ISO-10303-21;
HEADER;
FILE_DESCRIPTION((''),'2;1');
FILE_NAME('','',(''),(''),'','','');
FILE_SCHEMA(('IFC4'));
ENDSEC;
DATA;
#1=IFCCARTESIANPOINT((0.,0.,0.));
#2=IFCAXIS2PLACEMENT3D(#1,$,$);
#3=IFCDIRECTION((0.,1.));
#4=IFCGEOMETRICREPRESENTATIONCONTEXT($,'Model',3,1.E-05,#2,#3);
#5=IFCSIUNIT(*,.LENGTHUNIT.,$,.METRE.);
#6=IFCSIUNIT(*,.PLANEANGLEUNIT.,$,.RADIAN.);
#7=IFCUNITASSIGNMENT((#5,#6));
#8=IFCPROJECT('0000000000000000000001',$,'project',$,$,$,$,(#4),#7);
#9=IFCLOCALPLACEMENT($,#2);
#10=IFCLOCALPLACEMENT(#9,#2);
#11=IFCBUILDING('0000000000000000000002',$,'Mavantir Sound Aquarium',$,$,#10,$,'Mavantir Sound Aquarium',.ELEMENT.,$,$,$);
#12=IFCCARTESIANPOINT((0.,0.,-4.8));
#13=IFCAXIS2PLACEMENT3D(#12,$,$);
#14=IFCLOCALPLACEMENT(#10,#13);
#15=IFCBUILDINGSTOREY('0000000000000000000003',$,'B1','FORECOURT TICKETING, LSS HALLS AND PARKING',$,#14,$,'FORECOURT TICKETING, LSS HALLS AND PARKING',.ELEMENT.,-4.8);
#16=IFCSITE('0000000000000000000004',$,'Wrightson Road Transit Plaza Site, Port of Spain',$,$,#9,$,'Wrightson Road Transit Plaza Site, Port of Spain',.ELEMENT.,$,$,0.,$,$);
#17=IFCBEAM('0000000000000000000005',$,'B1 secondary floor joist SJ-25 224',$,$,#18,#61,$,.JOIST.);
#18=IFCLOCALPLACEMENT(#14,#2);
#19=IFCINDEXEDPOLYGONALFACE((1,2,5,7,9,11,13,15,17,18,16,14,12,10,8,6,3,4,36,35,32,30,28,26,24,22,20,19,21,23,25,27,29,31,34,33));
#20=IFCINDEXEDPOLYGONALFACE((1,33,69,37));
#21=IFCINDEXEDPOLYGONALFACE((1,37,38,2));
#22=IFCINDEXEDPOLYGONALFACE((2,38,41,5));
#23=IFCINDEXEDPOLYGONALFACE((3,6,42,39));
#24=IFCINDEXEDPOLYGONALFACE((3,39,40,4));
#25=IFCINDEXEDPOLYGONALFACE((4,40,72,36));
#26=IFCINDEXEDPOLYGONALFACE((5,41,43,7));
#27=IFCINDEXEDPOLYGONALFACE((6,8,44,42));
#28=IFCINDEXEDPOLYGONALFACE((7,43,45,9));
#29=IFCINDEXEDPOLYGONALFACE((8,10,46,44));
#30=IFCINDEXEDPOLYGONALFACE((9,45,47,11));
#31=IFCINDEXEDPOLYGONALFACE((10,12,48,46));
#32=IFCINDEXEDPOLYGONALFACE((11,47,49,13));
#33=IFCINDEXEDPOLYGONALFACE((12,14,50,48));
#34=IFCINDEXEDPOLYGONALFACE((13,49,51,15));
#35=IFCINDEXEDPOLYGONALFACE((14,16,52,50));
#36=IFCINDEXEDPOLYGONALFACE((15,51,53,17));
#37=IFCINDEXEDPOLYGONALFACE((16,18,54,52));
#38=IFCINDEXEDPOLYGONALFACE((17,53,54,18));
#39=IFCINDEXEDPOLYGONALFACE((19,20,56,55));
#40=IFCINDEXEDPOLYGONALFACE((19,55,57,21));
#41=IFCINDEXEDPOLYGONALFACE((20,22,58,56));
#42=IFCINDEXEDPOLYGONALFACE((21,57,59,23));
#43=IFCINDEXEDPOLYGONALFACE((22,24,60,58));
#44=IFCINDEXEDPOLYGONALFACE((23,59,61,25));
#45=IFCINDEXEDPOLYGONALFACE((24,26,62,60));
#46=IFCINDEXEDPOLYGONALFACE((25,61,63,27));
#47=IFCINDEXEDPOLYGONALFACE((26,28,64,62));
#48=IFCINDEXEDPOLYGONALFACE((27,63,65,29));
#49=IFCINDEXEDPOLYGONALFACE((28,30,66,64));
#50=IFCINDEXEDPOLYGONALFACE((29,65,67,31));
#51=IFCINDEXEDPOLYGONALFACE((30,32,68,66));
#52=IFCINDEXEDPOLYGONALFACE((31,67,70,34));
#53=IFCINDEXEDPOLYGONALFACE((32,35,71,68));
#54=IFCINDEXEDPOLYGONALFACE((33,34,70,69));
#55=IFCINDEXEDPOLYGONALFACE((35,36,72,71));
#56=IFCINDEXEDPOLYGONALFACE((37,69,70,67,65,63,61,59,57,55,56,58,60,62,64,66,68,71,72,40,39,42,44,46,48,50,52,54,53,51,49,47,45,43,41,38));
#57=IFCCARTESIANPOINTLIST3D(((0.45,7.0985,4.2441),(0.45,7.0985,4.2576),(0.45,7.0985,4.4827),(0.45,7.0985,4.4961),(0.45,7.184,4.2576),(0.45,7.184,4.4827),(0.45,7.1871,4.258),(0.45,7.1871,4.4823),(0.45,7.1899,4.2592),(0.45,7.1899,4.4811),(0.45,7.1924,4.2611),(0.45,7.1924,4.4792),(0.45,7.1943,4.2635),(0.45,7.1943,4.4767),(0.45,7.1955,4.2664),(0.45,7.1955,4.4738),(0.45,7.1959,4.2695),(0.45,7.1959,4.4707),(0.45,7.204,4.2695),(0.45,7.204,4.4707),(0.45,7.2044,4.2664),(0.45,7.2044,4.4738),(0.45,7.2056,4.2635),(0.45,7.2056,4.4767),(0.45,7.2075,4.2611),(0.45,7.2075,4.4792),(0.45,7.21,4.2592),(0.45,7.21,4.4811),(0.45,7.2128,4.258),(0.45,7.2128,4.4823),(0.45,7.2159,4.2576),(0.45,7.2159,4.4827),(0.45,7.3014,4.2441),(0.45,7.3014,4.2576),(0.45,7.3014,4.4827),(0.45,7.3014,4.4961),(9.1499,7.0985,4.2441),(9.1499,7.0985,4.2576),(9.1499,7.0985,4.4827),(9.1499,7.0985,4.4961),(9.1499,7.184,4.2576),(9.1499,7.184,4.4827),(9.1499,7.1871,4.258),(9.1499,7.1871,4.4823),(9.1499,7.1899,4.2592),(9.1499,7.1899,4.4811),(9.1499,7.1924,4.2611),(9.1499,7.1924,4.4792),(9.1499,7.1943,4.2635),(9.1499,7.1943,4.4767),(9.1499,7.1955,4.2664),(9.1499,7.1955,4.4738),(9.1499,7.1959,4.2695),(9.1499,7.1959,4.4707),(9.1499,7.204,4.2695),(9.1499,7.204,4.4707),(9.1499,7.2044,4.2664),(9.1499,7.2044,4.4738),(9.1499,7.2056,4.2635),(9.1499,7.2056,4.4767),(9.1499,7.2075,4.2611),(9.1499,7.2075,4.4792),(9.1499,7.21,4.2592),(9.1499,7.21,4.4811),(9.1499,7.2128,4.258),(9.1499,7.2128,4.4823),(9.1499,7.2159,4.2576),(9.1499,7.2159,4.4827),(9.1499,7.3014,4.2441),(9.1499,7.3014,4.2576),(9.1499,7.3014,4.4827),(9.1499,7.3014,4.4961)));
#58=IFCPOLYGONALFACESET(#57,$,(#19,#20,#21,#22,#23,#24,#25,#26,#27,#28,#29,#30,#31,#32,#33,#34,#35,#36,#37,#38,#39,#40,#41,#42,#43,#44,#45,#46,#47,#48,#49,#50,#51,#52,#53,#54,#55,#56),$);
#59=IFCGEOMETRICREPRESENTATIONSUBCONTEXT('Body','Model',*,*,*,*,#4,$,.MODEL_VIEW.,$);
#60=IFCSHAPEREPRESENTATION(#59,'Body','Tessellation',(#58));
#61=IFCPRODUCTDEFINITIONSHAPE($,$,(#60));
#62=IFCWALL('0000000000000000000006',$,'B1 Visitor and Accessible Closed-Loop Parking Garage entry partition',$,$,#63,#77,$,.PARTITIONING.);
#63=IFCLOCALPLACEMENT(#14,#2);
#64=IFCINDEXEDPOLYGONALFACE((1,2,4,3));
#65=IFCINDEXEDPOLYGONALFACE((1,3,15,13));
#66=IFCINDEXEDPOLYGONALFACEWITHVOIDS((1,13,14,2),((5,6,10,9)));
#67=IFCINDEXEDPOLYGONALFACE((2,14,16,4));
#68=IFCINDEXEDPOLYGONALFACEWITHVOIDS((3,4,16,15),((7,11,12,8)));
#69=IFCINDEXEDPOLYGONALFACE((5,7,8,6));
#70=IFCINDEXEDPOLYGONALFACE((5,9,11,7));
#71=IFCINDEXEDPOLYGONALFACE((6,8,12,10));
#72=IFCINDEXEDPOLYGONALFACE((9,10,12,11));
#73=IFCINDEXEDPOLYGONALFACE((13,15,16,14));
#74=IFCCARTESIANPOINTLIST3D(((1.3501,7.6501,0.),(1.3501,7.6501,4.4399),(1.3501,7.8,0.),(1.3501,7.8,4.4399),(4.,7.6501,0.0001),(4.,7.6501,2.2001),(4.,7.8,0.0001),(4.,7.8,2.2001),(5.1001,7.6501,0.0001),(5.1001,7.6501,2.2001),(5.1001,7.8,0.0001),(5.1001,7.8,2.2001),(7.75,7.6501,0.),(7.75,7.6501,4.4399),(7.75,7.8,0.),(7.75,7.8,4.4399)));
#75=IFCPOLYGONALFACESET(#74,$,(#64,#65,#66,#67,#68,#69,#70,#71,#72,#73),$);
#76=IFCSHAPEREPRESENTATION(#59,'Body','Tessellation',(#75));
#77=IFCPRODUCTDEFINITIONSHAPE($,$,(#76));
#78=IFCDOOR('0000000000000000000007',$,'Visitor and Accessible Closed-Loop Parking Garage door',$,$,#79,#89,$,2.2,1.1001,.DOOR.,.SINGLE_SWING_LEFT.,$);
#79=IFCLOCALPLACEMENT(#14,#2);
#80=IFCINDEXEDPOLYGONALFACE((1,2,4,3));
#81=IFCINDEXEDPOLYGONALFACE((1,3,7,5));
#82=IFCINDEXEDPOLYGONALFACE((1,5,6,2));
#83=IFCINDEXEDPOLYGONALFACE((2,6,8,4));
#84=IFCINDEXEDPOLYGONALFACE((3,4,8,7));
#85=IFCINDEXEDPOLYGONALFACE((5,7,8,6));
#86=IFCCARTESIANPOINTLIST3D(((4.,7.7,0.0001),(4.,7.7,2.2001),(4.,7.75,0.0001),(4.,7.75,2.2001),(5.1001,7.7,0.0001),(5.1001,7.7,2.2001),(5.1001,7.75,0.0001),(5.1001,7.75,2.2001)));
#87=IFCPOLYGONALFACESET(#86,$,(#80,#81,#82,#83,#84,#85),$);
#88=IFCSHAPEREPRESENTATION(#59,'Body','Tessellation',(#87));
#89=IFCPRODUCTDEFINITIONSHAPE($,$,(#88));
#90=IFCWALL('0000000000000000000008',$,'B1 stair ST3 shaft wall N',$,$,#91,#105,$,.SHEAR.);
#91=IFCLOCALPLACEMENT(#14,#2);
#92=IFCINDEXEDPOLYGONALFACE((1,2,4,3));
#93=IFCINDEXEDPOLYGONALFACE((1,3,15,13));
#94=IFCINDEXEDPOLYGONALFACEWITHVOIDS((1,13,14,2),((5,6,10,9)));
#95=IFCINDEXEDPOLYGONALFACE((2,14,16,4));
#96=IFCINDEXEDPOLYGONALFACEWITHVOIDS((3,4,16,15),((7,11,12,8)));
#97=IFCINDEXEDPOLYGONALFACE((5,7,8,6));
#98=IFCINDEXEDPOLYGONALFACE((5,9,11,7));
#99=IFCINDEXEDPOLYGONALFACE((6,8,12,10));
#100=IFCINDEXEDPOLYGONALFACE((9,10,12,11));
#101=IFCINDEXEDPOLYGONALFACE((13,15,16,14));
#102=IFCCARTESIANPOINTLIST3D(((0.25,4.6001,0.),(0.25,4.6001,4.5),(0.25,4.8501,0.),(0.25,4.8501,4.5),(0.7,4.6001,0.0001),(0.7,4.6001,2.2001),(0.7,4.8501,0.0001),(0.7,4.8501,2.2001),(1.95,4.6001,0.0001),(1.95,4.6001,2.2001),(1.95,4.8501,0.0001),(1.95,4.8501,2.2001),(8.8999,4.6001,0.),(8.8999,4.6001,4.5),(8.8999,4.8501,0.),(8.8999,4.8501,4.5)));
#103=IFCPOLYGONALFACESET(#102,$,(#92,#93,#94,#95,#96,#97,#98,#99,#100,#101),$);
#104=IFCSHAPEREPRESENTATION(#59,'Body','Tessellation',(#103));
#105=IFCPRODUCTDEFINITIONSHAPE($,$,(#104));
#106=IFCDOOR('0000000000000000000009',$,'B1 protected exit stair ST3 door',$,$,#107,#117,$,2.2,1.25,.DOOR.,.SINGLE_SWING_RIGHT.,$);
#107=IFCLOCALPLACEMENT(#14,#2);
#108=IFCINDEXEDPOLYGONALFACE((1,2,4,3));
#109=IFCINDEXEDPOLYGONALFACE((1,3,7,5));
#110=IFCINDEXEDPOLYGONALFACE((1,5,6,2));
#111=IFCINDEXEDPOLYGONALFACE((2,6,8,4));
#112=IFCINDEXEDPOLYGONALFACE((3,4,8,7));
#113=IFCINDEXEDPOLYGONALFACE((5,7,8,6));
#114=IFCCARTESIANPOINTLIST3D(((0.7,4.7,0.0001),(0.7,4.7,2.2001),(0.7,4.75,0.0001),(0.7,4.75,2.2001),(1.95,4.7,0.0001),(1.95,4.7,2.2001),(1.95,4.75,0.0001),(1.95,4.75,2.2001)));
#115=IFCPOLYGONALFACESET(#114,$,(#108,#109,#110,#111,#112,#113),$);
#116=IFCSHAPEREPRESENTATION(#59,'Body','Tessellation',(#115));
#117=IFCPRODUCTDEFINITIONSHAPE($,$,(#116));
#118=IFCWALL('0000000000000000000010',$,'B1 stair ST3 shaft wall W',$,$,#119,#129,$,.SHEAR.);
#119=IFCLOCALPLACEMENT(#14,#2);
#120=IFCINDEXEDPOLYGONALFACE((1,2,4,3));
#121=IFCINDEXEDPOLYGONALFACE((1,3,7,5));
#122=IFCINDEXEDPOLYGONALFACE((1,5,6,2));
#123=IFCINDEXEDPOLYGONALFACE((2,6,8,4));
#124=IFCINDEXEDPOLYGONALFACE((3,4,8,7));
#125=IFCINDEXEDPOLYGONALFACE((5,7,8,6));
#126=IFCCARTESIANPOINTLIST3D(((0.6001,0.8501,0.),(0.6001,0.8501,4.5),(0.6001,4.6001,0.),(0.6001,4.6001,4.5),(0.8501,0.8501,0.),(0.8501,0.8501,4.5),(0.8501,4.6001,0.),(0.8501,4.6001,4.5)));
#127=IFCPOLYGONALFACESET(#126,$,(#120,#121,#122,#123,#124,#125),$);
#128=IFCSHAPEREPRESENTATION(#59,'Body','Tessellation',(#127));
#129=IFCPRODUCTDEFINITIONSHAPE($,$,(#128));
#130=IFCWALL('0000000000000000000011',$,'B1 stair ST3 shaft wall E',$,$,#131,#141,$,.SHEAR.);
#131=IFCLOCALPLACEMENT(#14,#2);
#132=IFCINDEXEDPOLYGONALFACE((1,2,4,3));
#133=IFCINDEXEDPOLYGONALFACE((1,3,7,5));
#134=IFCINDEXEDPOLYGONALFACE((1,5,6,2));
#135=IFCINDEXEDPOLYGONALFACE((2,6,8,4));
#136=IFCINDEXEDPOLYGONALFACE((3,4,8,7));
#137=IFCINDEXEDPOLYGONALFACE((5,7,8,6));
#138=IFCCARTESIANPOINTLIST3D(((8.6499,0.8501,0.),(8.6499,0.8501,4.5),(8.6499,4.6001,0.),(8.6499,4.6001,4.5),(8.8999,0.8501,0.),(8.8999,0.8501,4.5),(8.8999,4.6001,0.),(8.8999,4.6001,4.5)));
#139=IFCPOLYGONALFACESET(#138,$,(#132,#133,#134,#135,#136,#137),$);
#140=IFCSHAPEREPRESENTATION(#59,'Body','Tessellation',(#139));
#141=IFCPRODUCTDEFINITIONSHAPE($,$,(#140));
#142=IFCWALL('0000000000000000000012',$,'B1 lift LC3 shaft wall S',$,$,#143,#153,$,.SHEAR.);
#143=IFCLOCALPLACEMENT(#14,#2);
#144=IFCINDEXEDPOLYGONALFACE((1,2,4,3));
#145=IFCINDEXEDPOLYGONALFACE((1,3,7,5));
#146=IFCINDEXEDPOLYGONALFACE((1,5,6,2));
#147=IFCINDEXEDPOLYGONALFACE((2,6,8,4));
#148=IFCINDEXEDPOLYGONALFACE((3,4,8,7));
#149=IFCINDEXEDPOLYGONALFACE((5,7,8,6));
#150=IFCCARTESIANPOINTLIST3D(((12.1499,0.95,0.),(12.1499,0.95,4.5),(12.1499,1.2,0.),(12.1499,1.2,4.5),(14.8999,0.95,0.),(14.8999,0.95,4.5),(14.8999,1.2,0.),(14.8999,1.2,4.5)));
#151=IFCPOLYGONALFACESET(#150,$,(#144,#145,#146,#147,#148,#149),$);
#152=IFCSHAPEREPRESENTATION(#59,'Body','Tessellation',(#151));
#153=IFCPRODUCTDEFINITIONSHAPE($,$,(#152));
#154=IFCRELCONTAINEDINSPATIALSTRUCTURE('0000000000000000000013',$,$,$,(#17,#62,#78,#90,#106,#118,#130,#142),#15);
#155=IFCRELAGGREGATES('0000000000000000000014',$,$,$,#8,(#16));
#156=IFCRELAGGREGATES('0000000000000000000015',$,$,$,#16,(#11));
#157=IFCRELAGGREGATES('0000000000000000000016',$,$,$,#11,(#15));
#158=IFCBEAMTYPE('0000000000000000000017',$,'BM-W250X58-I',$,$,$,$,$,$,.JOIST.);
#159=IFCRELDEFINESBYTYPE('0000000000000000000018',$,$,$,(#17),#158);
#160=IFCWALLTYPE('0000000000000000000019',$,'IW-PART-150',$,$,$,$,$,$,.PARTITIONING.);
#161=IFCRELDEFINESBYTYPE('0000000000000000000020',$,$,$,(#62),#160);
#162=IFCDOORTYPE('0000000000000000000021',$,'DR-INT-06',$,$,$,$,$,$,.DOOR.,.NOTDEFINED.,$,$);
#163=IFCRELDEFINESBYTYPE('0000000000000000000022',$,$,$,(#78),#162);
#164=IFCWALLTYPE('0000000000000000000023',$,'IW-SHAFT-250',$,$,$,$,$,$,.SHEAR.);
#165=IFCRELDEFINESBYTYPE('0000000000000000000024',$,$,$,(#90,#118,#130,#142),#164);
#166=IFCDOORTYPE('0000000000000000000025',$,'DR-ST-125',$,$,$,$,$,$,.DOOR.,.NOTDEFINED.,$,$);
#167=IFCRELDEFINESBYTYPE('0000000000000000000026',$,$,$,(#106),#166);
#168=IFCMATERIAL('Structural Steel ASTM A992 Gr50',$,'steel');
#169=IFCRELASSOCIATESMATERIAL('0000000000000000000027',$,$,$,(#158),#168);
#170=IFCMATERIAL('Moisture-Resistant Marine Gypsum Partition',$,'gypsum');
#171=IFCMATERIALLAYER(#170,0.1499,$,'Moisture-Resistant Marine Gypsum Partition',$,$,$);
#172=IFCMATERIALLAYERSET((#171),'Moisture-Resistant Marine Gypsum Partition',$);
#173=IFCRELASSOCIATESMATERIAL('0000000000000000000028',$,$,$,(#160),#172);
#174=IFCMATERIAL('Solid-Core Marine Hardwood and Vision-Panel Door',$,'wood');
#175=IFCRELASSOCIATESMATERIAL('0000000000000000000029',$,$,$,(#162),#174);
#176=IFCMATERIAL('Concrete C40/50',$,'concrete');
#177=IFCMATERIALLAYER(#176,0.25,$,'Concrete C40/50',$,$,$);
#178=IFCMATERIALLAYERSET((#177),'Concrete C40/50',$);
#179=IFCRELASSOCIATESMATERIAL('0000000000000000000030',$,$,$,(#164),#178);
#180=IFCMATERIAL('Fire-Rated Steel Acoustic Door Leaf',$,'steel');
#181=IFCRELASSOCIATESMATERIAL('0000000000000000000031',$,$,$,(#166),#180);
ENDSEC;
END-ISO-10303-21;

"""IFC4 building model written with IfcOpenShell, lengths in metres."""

from ifc_helpers import new_model, si_unit, direction, frame, frame_2d, origin, origin_2d, place, context, subcontext, project, spatial, rectangle, i_section, extrude, material, layer, layer_set, material_profile, profile_set, type_object, element, fill, save


model = new_model("IFC4")

# Units and contexts
model_context = context("Model", 3, precision=1e-05, world=origin(), true_north=direction((0.0, 1.0)))
body_context = subcontext(model_context, "Body", "Model", "MODEL_VIEW")
ifc_project = project(units=[si_unit("LENGTHUNIT", "METRE"), si_unit("PLANEANGLEUNIT", "RADIAN")], contexts=[model_context])

# Site, building, storey
site_placement = place(None, origin())
site = spatial("IfcSite", under=ifc_project, at=site_placement, Name="Wrightson Road Transit Plaza Site, Port of Spain", LongName="Wrightson Road Transit Plaza Site, Port of Spain", CompositionType="ELEMENT", RefElevation=0.0)
building_placement = place(site_placement, origin())
building = spatial("IfcBuilding", under=site, at=building_placement, Name="Mavantir Sound Aquarium", LongName="Mavantir Sound Aquarium", CompositionType="ELEMENT")
storey_placement = place(building_placement, frame((0.0, 0.0, -4.8)))
storey = spatial("IfcBuildingStorey", under=building, at=storey_placement, Name="B1", Description="FORECOURT TICKETING, LSS HALLS AND PARKING", LongName="FORECOURT TICKETING, LSS HALLS AND PARKING", CompositionType="ELEMENT", Elevation=-4.8)

# Shared definitions
ifc_material_1 = material(Name="Concrete C40/50", Category="concrete")

# Beam
ifc_material_2 = material(Name="Structural Steel ASTM A992 Gr50", Category="steel")
ifc_material_profile_1 = material_profile(ifc_material_2, i_section(OverallWidth=0.2029, OverallDepth=0.252, WebThickness=0.0081, FlangeThickness=0.0134, FilletRadius=0.012, at=origin_2d()), Name="W250X58")
ifc_profile_set_1 = profile_set([ifc_material_profile_1], Name="Structural Steel ASTM A992 Gr50")
beam_type_1 = type_object("IfcBeamType", Name="BM-W250X58-I", PredefinedType="JOIST", material=ifc_profile_set_1)
beam_1_placement = place(storey_placement, frame((0.45, 7.2, 4.3701), z_axis=(1.0, 0.0, 0.0), x_axis=(0.0, 1.0, 0.0)))
element("IfcBeam", 1, at=beam_1_placement, inside=storey, type_object=beam_type_1, Name="B1 secondary floor joist SJ-25 224", PredefinedType="JOIST", context=body_context, shape_type="SweptSolid", body=[
    extrude(i_section(OverallWidth=0.2029, OverallDepth=0.252, WebThickness=0.0081, FlangeThickness=0.0134, FilletRadius=0.012, at=origin_2d()), origin(), (0.0, 0.0, 1.0), 8.7),
])

# Walls, openings, doors
ifc_material_3 = material(Name="Moisture-Resistant Marine Gypsum Partition", Category="gypsum")
ifc_layer_1 = layer(ifc_material_3, 0.1499, Name="Moisture-Resistant Marine Gypsum Partition")
ifc_layer_set_1 = layer_set([ifc_layer_1], Name="Moisture-Resistant Marine Gypsum Partition")
wall_type_1 = type_object("IfcWallType", Name="IW-PART-150", PredefinedType="PARTITIONING", material=ifc_layer_set_1)
wall_1_placement = place(storey_placement, frame((1.3501, 7.7251, 0.0), z_axis=(0.0, 0.0, 1.0), x_axis=(1.0, 0.0, 0.0)))
wall_1 = element("IfcWall", 2, at=wall_1_placement, inside=storey, type_object=wall_type_1, Name="B1 Visitor and Accessible Closed-Loop Parking Garage entry partition", PredefinedType="PARTITIONING", context=body_context, shape_type="SweptSolid", body=[
    extrude(rectangle(XDim=6.3999, YDim=0.1499, at=frame_2d((3.2, 0.0))), origin(), (0.0, 0.0, 1.0), 4.4399),
])
opening_1_placement = place(wall_1_placement, frame((2.6499, 0.0, 0.0)))
opening_1 = element("IfcOpeningElement", 3, at=opening_1_placement, cuts=wall_1, PredefinedType="OPENING", context=body_context, shape_type="SweptSolid", body=[
    extrude(rectangle(XDim=1.1001, YDim=2.2, at=frame_2d((0.55, 1.1001))), frame((0.0, 0.085, 0.0), z_axis=(0.0, -1.0, 0.0), x_axis=(1.0, 0.0, 0.0)), (0.0, 0.0, 1.0), 0.1699),
])
ifc_material_4 = material(Name="Solid-Core Marine Hardwood and Vision-Panel Door", Category="wood")
door_type_1 = type_object("IfcDoorType", Name="DR-INT-06", OperationType="NOTDEFINED", PredefinedType="DOOR", material=ifc_material_4)
door_1_placement = place(opening_1_placement, origin())
door_1 = element("IfcDoor", 4, at=door_1_placement, inside=storey, type_object=door_type_1, Name="Visitor and Accessible Closed-Loop Parking Garage door", OperationType="SINGLE_SWING_LEFT", OverallHeight=2.2, OverallWidth=1.1001, PredefinedType="DOOR", context=body_context, shape_type="SweptSolid", body=[
    extrude(rectangle(XDim=1.1001, YDim=2.2, at=frame_2d((0.55, 1.1001))), frame((0.0, 0.0249, 0.0), z_axis=(0.0, -1.0, 0.0), x_axis=(1.0, 0.0, 0.0)), (0.0, 0.0, 1.0), 0.05),
])
fill(opening_1, door_1)
ifc_layer_2 = layer(ifc_material_1, 0.25, Name="Concrete C40/50")
ifc_layer_set_2 = layer_set([ifc_layer_2], Name="Concrete C40/50")
wall_type_2 = type_object("IfcWallType", Name="IW-SHAFT-250", PredefinedType="SHEAR", material=ifc_layer_set_2)
wall_2_placement = place(storey_placement, frame((8.8999, 4.7251, 0.0), z_axis=(0.0, 0.0, 1.0), x_axis=(-1.0, 0.0, 0.0)))
wall_2 = element("IfcWall", 5, at=wall_2_placement, inside=storey, type_object=wall_type_2, Name="B1 stair ST3 shaft wall N", PredefinedType="SHEAR", context=body_context, shape_type="SweptSolid", body=[
    extrude(rectangle(XDim=8.6499, YDim=0.25, at=frame_2d((4.325, 0.0))), origin(), (0.0, 0.0, 1.0), 4.5),
])
opening_2_placement = place(wall_2_placement, frame((8.2, 0.0, 0.0), z_axis=(0.0, 0.0, 1.0), x_axis=(-1.0, 0.0, 0.0)))
opening_2 = element("IfcOpeningElement", 6, at=opening_2_placement, cuts=wall_2, PredefinedType="OPENING", context=body_context, shape_type="SweptSolid", body=[
    extrude(rectangle(XDim=1.25, YDim=2.2, at=frame_2d((0.625, 1.1001))), frame((0.0, 0.135, 0.0), z_axis=(0.0, -1.0, 0.0), x_axis=(1.0, 0.0, 0.0)), (0.0, 0.0, 1.0), 0.27),
])
ifc_material_5 = material(Name="Fire-Rated Steel Acoustic Door Leaf", Category="steel")
door_type_2 = type_object("IfcDoorType", Name="DR-ST-125", OperationType="NOTDEFINED", PredefinedType="DOOR", material=ifc_material_5)
door_2_placement = place(opening_2_placement, origin())
door_2 = element("IfcDoor", 7, at=door_2_placement, inside=storey, type_object=door_type_2, Name="B1 protected exit stair ST3 door", OperationType="SINGLE_SWING_RIGHT", OverallHeight=2.2, OverallWidth=1.25, PredefinedType="DOOR", context=body_context, shape_type="SweptSolid", body=[
    extrude(rectangle(XDim=1.25, YDim=2.2, at=frame_2d((0.625, 1.1001))), frame((0.0, 0.0249, 0.0), z_axis=(0.0, -1.0, 0.0), x_axis=(1.0, 0.0, 0.0)), (0.0, 0.0, 1.0), 0.05),
])
fill(opening_2, door_2)

# Walls
for number, where, z_axis, x_axis, name in (
    (8, (0.7251, 4.6001, 0.0), (0.0, 0.0, 1.0), (0.0, -1.0, 0.0), "B1 stair ST3 shaft wall W"),
    (9, (8.7749, 0.8501, 0.0), (0.0, 0.0, 1.0), (0.0, 1.0, 0.0), "B1 stair ST3 shaft wall E"),
):
    element("IfcWall", number, at=place(storey_placement, frame(where, z_axis=z_axis, x_axis=x_axis)), inside=storey, type_object=wall_type_2, Name=name, PredefinedType="SHEAR", context=body_context, shape_type="SweptSolid", body=[
        extrude(rectangle(XDim=3.75, YDim=0.25, at=frame_2d((1.875, 0.0))), origin(), (0.0, 0.0, 1.0), 4.5),
    ])
wall_3_placement = place(storey_placement, frame((12.1499, 1.075, 0.0), z_axis=(0.0, 0.0, 1.0), x_axis=(1.0, 0.0, 0.0)))
element("IfcWall", 10, at=wall_3_placement, inside=storey, type_object=wall_type_2, Name="B1 lift LC3 shaft wall S", PredefinedType="SHEAR", context=body_context, shape_type="SweptSolid", body=[
    extrude(rectangle(XDim=2.75, YDim=0.25, at=frame_2d((1.375, 0.0))), origin(), (0.0, 0.0, 1.0), 4.5),
])

save(model, "model.ifc")
